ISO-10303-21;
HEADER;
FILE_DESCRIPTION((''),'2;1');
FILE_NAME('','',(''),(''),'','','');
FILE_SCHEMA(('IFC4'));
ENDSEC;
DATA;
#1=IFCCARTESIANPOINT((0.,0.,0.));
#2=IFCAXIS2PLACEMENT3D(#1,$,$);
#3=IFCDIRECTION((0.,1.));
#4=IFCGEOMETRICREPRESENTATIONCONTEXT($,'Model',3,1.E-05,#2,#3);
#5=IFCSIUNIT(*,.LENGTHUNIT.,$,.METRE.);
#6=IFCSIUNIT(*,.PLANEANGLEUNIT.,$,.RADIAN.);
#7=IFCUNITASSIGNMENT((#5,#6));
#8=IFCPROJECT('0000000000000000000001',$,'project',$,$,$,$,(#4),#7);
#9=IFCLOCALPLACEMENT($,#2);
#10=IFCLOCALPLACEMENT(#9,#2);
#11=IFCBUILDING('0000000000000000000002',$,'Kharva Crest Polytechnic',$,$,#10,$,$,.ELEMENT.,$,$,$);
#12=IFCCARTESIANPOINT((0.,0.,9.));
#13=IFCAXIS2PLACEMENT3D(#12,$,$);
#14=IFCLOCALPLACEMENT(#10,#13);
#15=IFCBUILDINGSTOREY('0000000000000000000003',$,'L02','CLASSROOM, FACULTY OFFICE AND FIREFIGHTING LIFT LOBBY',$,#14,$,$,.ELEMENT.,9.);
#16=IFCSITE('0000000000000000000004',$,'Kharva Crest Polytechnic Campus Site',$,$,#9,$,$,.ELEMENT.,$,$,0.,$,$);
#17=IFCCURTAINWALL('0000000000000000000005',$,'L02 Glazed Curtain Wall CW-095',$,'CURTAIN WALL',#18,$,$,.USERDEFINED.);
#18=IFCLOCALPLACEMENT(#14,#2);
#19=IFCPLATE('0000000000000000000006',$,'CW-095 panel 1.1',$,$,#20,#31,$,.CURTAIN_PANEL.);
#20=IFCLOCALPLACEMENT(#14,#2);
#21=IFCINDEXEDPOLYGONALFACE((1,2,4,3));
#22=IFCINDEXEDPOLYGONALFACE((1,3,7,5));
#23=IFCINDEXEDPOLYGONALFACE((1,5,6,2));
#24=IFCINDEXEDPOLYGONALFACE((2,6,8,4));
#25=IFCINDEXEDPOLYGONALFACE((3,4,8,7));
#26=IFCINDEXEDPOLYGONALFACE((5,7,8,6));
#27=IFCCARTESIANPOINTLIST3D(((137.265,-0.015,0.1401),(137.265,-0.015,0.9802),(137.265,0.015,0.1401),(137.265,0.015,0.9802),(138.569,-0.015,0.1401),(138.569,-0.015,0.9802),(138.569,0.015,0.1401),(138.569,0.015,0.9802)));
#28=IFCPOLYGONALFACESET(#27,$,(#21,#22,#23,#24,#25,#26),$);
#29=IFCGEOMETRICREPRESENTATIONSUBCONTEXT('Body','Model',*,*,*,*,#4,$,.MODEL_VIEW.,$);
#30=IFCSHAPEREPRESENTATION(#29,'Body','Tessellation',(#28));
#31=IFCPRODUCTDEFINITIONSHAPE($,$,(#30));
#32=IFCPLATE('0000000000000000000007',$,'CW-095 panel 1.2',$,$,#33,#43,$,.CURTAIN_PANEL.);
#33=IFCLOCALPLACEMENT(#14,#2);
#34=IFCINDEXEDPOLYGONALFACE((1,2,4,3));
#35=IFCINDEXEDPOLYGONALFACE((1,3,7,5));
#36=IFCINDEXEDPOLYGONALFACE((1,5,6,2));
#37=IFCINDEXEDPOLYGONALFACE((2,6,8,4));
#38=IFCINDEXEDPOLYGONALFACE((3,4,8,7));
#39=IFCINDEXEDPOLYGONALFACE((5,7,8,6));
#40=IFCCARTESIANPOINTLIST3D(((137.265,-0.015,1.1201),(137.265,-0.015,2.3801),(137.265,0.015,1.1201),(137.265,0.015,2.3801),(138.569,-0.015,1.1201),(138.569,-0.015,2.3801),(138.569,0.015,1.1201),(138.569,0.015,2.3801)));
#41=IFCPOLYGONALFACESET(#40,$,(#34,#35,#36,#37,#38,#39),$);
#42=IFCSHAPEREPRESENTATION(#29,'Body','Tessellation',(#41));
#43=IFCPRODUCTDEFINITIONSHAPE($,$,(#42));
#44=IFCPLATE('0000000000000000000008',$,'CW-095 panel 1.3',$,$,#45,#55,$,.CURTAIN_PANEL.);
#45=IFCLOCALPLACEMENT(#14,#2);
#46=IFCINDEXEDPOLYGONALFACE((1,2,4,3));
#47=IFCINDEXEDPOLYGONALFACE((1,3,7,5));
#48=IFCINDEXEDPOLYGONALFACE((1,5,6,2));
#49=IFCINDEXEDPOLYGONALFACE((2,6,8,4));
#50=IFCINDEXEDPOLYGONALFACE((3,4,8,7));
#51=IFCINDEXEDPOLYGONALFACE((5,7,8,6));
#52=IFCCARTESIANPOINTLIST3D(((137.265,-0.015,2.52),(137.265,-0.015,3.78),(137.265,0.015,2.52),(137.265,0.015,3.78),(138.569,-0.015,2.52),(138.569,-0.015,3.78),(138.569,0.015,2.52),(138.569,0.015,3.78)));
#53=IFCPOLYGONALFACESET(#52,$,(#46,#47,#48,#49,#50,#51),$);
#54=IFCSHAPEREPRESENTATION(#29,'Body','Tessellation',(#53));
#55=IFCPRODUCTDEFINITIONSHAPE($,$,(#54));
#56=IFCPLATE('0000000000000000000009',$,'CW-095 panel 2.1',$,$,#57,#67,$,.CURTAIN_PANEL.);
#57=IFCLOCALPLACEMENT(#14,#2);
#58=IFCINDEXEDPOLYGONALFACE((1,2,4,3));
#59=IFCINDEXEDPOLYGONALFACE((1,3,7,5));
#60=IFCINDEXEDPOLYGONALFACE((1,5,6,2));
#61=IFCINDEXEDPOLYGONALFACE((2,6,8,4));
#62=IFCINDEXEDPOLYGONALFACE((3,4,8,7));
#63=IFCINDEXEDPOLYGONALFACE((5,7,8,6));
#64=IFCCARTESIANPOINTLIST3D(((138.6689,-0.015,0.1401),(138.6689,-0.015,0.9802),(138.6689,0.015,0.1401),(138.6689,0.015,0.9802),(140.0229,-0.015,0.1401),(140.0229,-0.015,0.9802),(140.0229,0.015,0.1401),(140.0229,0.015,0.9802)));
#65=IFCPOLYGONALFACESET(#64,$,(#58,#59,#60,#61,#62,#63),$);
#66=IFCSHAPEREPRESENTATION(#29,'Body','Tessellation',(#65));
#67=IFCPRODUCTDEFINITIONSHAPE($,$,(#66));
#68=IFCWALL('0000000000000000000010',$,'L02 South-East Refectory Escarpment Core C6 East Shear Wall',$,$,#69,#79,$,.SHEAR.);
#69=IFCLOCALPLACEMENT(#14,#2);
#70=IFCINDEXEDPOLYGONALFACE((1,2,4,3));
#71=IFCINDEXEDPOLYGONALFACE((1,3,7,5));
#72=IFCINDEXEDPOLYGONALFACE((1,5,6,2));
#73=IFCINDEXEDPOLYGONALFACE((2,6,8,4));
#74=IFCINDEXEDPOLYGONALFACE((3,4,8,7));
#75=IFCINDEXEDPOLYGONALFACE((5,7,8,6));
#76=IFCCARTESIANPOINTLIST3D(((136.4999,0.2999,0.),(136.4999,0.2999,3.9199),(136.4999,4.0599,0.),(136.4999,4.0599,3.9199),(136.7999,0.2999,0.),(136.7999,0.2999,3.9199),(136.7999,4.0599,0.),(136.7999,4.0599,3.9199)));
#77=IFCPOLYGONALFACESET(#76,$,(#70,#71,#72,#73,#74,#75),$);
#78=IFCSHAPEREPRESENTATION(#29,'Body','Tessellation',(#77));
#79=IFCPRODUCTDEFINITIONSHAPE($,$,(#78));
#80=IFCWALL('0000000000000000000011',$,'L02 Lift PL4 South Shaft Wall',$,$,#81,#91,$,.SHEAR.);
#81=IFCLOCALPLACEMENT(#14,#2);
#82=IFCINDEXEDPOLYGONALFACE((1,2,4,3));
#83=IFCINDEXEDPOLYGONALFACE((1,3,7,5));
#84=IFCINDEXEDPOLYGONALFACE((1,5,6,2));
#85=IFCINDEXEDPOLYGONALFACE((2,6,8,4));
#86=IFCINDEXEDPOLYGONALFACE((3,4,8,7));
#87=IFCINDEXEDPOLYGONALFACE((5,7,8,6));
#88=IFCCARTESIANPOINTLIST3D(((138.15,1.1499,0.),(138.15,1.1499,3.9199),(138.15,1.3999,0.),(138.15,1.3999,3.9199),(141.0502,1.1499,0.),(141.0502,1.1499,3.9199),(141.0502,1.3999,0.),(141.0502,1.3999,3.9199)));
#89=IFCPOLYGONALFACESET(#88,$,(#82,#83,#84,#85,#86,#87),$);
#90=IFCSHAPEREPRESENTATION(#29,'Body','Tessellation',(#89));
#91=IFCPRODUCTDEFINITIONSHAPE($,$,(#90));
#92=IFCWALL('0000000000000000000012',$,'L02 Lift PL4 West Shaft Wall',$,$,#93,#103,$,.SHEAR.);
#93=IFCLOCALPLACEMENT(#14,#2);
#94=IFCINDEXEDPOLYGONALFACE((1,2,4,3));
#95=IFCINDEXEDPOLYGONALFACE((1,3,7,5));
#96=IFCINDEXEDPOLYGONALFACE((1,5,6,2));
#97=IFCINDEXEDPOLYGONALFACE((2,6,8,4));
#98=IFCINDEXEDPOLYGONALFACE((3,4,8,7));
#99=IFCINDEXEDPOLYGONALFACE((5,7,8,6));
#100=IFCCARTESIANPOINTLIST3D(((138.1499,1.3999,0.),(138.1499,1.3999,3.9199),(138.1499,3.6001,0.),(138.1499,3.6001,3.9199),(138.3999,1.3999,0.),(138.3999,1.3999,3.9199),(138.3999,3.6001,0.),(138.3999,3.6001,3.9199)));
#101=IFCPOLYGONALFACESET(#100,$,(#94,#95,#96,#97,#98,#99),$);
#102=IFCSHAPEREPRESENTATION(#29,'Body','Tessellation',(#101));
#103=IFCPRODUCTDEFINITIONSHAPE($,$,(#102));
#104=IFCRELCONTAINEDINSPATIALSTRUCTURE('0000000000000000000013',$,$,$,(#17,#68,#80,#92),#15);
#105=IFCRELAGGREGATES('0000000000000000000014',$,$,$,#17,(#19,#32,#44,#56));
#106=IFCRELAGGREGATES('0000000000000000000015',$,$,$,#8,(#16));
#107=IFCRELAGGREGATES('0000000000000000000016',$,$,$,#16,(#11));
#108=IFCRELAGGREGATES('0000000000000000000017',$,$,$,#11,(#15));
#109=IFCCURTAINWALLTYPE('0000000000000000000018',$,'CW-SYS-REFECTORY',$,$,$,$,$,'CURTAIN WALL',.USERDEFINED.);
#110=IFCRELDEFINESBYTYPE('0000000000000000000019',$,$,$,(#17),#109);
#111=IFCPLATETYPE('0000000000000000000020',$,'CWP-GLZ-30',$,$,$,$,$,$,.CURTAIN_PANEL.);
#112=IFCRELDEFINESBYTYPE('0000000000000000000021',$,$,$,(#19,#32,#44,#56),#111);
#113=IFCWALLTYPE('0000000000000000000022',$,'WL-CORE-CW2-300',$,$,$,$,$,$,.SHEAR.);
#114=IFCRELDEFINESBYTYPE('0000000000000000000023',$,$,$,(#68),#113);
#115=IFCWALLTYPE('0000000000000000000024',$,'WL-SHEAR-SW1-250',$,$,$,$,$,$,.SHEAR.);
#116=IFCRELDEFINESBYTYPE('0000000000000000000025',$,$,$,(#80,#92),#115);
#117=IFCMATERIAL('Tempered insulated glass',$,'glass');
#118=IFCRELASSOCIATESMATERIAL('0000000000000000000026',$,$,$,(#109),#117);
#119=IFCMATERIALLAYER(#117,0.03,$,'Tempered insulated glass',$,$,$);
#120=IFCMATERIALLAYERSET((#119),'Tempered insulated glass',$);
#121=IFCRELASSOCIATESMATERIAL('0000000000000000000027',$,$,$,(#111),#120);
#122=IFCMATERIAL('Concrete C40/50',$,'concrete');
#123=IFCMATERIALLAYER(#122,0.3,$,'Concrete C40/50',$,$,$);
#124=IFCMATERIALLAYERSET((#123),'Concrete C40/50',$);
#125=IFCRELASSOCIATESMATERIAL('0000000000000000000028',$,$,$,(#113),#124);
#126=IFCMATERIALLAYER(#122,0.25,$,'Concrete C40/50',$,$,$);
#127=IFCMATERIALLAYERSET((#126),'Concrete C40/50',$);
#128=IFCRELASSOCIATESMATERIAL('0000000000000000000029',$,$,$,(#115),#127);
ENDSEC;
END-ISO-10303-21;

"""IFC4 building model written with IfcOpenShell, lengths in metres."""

from ifc_helpers import new_model, si_unit, direction, frame, frame_2d, origin, origin_2d, place, context, subcontext, project, spatial, rectangle, extrude, material, layer, layer_set, type_object, element, aggregate, save


model = new_model("IFC4")

# Units and contexts
model_context = context("Model", 3, precision=1e-05, world=origin(), true_north=direction((0.0, 1.0)))
body_context = subcontext(model_context, "Body", "Model", "MODEL_VIEW")
ifc_project = project(units=[si_unit("LENGTHUNIT", "METRE"), si_unit("PLANEANGLEUNIT", "RADIAN")], contexts=[model_context])

# Site, building, storey
site_placement = place(None, origin())
site = spatial("IfcSite", under=ifc_project, at=site_placement, Name="Kharva Crest Polytechnic Campus Site", CompositionType="ELEMENT", RefElevation=0.0)
building_placement = place(site_placement, origin())
building = spatial("IfcBuilding", under=site, at=building_placement, Name="Kharva Crest Polytechnic", CompositionType="ELEMENT")
storey_placement = place(building_placement, frame((0.0, 0.0, 9.0)))
storey = spatial("IfcBuildingStorey", under=building, at=storey_placement, Name="L02", Description="CLASSROOM, FACULTY OFFICE AND FIREFIGHTING LIFT LOBBY", CompositionType="ELEMENT", Elevation=9.0)

# Shared definitions
ifc_material_1 = material(Name="Concrete C40/50", Category="concrete")

# Curtain wall, plates
ifc_material_2 = material(Name="Tempered insulated glass", Category="glass")
curtain_wall_type = type_object("IfcCurtainWallType", Name="CW-SYS-REFECTORY", ElementType="CURTAIN WALL", PredefinedType="USERDEFINED", material=ifc_material_2)
curtain_wall_placement = place(storey_placement, origin())
curtain_wall = element("IfcCurtainWall", 1, at=curtain_wall_placement, inside=storey, type_object=curtain_wall_type, Name="L02 Glazed Curtain Wall CW-095", ObjectType="CURTAIN WALL", PredefinedType="USERDEFINED")
ifc_layer_1 = layer(ifc_material_2, 0.03, Name="Tempered insulated glass")
ifc_layer_set_1 = layer_set([ifc_layer_1], Name="Tempered insulated glass")
plate_type = type_object("IfcPlateType", Name="CWP-GLZ-30", PredefinedType="CURTAIN_PANEL", material=ifc_layer_set_1)
plate_1_placement = place(storey_placement, frame((137.917, 0.0, 0.1401), z_axis=(0.0, 0.0, 1.0), x_axis=(1.0, 0.0, 0.0)))
plate_1 = element("IfcPlate", 2, at=plate_1_placement, type_object=plate_type, Name="CW-095 panel 1.1", PredefinedType="CURTAIN_PANEL", context=body_context, shape_type="SweptSolid", body=[
    extrude(rectangle(XDim=1.304, YDim=0.03, at=origin_2d()), origin(), (0.0, 0.0, 1.0), 0.8401),
])
plate_2_placement = place(storey_placement, frame((137.917, 0.0, 1.1201), z_axis=(0.0, 0.0, 1.0), x_axis=(1.0, 0.0, 0.0)))
plate_2 = element("IfcPlate", 3, at=plate_2_placement, type_object=plate_type, Name="CW-095 panel 1.2", PredefinedType="CURTAIN_PANEL", context=body_context, shape_type="SweptSolid", body=[
    extrude(rectangle(XDim=1.304, YDim=0.03, at=origin_2d()), origin(), (0.0, 0.0, 1.0), 1.26),
])
plate_3_placement = place(storey_placement, frame((137.917, 0.0, 2.52), z_axis=(0.0, 0.0, 1.0), x_axis=(1.0, 0.0, 0.0)))
plate_3 = element("IfcPlate", 4, at=plate_3_placement, type_object=plate_type, Name="CW-095 panel 1.3", PredefinedType="CURTAIN_PANEL", context=body_context, shape_type="SweptSolid", body=[
    extrude(rectangle(XDim=1.304, YDim=0.03, at=origin_2d()), origin(), (0.0, 0.0, 1.0), 1.26),
])
plate_4_placement = place(storey_placement, frame((139.3459, 0.0, 0.1401), z_axis=(0.0, 0.0, 1.0), x_axis=(1.0, 0.0, 0.0)))
plate_4 = element("IfcPlate", 5, at=plate_4_placement, type_object=plate_type, Name="CW-095 panel 2.1", PredefinedType="CURTAIN_PANEL", context=body_context, shape_type="SweptSolid", body=[
    extrude(rectangle(XDim=1.354, YDim=0.03, at=origin_2d()), origin(), (0.0, 0.0, 1.0), 0.8401),
])
aggregate(curtain_wall, [plate_1, plate_2, plate_3, plate_4])

# Walls
ifc_layer_2 = layer(ifc_material_1, 0.3, Name="Concrete C40/50")
ifc_layer_set_2 = layer_set([ifc_layer_2], Name="Concrete C40/50")
wall_type_1 = type_object("IfcWallType", Name="WL-CORE-CW2-300", PredefinedType="SHEAR", material=ifc_layer_set_2)
wall_1_placement = place(storey_placement, frame((136.6499, 0.3, 0.0), z_axis=(0.0, 0.0, 1.0), x_axis=(0.0, 1.0, 0.0)))
element("IfcWall", 6, at=wall_1_placement, inside=storey, type_object=wall_type_1, Name="L02 South-East Refectory Escarpment Core C6 East Shear Wall", PredefinedType="SHEAR", context=body_context, shape_type="SweptSolid", body=[
    extrude(rectangle(XDim=3.76, YDim=0.3, at=frame_2d((1.8799, 0.0))), origin(), (0.0, 0.0, 1.0), 3.9199),
])
ifc_layer_3 = layer(ifc_material_1, 0.25, Name="Concrete C40/50")
ifc_layer_set_3 = layer_set([ifc_layer_3], Name="Concrete C40/50")
wall_type_2 = type_object("IfcWallType", Name="WL-SHEAR-SW1-250", PredefinedType="SHEAR", material=ifc_layer_set_3)
wall_2_placement = place(storey_placement, frame((138.1499, 1.2749, 0.0), z_axis=(0.0, 0.0, 1.0), x_axis=(1.0, 0.0, 0.0)))
element("IfcWall", 7, at=wall_2_placement, inside=storey, type_object=wall_type_2, Name="L02 Lift PL4 South Shaft Wall", PredefinedType="SHEAR", context=body_context, shape_type="SweptSolid", body=[
    extrude(rectangle(XDim=2.9001, YDim=0.25, at=frame_2d((1.4502, 0.0))), origin(), (0.0, 0.0, 1.0), 3.9199),
])

# Wall
wall_3_placement = place(storey_placement, frame((138.2749, 1.3999, 0.0), z_axis=(0.0, 0.0, 1.0), x_axis=(0.0, 1.0, 0.0)))
element("IfcWall", 8, at=wall_3_placement, inside=storey, type_object=wall_type_2, Name="L02 Lift PL4 West Shaft Wall", PredefinedType="SHEAR", context=body_context, shape_type="SweptSolid", body=[
    extrude(rectangle(XDim=2.2002, YDim=0.25, at=frame_2d((1.1001, 0.0))), origin(), (0.0, 0.0, 1.0), 3.9199),
])

save(model, "model.ifc")
